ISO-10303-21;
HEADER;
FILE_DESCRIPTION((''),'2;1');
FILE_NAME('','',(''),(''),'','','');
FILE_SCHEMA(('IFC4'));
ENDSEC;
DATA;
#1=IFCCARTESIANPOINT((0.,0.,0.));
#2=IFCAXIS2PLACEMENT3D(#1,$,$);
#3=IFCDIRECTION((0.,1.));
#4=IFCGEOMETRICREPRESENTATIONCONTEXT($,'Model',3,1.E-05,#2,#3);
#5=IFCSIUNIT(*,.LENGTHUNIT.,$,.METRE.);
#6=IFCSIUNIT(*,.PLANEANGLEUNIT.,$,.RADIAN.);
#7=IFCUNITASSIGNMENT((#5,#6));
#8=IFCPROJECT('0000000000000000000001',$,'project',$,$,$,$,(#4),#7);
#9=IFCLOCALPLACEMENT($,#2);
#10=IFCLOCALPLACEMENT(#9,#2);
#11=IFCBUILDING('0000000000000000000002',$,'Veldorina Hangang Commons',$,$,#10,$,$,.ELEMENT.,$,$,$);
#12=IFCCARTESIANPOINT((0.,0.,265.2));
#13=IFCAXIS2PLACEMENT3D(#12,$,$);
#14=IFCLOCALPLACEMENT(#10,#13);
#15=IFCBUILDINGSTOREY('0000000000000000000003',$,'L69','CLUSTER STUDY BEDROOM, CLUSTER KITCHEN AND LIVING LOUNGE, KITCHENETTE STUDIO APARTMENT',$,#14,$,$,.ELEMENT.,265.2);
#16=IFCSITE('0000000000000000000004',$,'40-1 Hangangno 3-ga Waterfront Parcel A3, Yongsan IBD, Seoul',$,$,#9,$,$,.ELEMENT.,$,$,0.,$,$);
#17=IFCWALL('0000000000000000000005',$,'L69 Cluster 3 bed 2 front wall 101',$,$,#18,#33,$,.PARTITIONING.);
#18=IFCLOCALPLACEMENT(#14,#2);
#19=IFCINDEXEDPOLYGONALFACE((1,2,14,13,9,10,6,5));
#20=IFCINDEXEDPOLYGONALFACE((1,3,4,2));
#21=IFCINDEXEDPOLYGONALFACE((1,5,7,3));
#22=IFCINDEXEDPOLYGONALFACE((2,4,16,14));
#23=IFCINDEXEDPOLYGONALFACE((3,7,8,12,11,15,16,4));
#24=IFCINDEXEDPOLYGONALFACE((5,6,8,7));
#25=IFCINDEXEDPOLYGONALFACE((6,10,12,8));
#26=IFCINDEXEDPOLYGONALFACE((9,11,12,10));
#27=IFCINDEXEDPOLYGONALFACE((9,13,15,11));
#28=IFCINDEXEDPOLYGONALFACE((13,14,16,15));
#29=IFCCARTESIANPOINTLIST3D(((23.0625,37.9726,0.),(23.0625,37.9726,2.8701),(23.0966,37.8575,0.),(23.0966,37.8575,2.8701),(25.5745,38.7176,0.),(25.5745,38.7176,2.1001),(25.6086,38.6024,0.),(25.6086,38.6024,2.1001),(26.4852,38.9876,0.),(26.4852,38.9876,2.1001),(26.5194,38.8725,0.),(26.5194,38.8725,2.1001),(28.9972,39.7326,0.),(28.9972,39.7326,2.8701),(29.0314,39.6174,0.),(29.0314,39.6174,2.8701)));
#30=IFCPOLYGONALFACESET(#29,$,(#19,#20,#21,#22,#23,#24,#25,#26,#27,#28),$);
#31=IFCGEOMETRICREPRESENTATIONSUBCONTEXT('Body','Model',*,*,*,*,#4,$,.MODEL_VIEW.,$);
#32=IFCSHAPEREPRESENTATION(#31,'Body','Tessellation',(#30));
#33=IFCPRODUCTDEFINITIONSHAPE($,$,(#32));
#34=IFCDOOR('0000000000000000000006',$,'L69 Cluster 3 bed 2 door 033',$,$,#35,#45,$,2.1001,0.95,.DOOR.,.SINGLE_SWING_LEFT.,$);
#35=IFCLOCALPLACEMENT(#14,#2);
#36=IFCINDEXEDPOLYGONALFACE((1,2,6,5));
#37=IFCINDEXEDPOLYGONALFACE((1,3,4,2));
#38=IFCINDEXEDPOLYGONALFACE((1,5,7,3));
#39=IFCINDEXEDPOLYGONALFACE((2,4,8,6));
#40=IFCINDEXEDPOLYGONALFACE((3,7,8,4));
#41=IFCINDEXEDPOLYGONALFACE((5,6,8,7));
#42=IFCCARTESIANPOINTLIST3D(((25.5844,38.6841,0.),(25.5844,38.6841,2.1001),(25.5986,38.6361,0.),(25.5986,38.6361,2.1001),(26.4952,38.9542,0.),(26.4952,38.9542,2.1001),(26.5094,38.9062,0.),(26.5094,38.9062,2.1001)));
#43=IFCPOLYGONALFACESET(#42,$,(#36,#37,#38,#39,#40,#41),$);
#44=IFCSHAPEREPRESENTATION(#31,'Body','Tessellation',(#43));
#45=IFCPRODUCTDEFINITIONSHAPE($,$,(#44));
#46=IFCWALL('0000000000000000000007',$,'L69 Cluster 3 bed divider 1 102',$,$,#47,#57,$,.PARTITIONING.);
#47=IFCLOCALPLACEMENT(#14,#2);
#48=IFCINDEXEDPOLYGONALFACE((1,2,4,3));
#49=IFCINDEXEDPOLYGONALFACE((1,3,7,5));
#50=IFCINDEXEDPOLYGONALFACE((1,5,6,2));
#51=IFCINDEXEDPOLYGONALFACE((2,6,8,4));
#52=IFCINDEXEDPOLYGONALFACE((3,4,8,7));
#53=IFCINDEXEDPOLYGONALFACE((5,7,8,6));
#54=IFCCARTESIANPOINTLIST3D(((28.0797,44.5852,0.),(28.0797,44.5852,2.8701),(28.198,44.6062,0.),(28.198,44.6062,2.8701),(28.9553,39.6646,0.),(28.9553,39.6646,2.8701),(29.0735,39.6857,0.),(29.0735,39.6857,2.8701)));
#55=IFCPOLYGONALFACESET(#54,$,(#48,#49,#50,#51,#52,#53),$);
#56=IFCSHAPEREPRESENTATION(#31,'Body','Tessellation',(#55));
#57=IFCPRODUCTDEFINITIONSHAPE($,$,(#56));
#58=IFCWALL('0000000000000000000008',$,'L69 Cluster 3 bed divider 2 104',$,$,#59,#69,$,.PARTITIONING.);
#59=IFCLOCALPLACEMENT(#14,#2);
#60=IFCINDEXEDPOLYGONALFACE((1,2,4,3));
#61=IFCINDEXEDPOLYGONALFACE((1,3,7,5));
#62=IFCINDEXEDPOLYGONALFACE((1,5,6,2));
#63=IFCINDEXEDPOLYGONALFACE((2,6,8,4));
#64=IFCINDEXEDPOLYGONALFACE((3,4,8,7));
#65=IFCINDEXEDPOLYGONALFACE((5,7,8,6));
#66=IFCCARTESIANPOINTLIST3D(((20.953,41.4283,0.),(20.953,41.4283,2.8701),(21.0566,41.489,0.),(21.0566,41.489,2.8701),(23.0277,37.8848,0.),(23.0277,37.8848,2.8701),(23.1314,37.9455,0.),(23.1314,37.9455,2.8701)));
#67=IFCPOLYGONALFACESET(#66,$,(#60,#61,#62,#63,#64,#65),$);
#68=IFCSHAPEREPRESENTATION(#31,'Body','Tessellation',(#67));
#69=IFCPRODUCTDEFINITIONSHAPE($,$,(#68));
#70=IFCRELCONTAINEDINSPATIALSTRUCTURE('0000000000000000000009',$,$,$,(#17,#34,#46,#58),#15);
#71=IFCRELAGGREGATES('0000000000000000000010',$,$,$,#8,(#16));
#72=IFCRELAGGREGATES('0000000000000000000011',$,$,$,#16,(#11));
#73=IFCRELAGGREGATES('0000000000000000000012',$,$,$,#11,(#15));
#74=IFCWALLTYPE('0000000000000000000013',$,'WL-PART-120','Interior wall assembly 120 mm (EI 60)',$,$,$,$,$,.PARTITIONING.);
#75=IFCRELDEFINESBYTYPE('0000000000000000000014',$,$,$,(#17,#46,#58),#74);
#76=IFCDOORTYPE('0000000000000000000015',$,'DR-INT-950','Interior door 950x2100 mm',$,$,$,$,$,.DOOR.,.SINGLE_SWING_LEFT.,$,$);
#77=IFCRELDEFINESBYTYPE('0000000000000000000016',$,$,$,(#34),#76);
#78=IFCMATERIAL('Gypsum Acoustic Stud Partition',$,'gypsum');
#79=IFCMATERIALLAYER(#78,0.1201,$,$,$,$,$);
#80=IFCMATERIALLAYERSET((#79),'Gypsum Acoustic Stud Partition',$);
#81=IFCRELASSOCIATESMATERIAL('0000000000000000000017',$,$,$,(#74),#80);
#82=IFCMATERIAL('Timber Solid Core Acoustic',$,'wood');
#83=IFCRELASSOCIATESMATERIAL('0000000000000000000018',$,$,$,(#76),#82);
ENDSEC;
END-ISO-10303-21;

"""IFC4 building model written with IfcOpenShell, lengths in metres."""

from ifc_helpers import new_model, si_unit, direction, frame, frame_2d, origin, place, context, subcontext, project, spatial, rectangle, extrude, material, layer, layer_set, type_object, element, fill, save


model = new_model("IFC4")

# Units and contexts
model_context = context("Model", 3, precision=1e-05, world=origin(), true_north=direction((0.0, 1.0)))
body_context = subcontext(model_context, "Body", "Model", "MODEL_VIEW")
ifc_project = project(units=[si_unit("LENGTHUNIT", "METRE"), si_unit("PLANEANGLEUNIT", "RADIAN")], contexts=[model_context])

# Site, building, storey
site_placement = place(None, origin())
site = spatial("IfcSite", under=ifc_project, at=site_placement, Name="40-1 Hangangno 3-ga Waterfront Parcel A3, Yongsan IBD, Seoul", CompositionType="ELEMENT", RefElevation=0.0)
building_placement = place(site_placement, origin())
building = spatial("IfcBuilding", under=site, at=building_placement, Name="Veldorina Hangang Commons", CompositionType="ELEMENT")
storey_placement = place(building_placement, frame((0.0, 0.0, 265.2)))
storey = spatial("IfcBuildingStorey", under=building, at=storey_placement, Name="L69", Description="CLUSTER STUDY BEDROOM, CLUSTER KITCHEN AND LIVING LOUNGE, KITCHENETTE STUDIO APARTMENT", CompositionType="ELEMENT", Elevation=265.2)

# Wall, opening, door
ifc_material_1 = material(Name="Gypsum Acoustic Stud Partition", Category="gypsum")
ifc_layer_1 = layer(ifc_material_1, 0.1201)
ifc_layer_set_1 = layer_set([ifc_layer_1], Name="Gypsum Acoustic Stud Partition")
wall_type_1 = type_object("IfcWallType", Name="WL-PART-120", Description="Interior wall assembly 120 mm (EI 60)", PredefinedType="PARTITIONING", material=ifc_layer_set_1)
wall_1_placement = place(storey_placement, frame((29.0144, 39.675, 0.0), z_axis=(0.0, 0.0, 1.0), x_axis=(-0.95873, -0.284318, 0.0)))
wall_1 = element("IfcWall", 1, at=wall_1_placement, inside=storey, type_object=wall_type_1, Name="L69 Cluster 3 bed 2 front wall 101", PredefinedType="PARTITIONING", context=body_context, shape_type="SweptSolid", body=[
    extrude(rectangle(XDim=6.1902, YDim=0.1201, at=frame_2d((3.0952, 0.0))), origin(), (0.0, 0.0, 1.0), 2.8701),
])
opening_1_placement = place(wall_1_placement, frame((2.6201, 0.0, 0.0)))
opening_1 = element("IfcOpeningElement", 2, at=opening_1_placement, cuts=wall_1, PredefinedType="OPENING", context=body_context, shape_type="SweptSolid", body=[
    extrude(rectangle(XDim=0.95, YDim=2.1001, at=frame_2d((0.4751, 1.05))), frame((0.0, 0.0701, 0.0), z_axis=(0.0, -1.0, 0.0), x_axis=(1.0, 0.0, 0.0)), (0.0, 0.0, 1.0), 0.1401),
])
ifc_material_2 = material(Name="Timber Solid Core Acoustic", Category="wood")
door_type_1 = type_object("IfcDoorType", Name="DR-INT-950", Description="Interior door 950x2100 mm", OperationType="SINGLE_SWING_LEFT", PredefinedType="DOOR", material=ifc_material_2)
door_1_placement = place(opening_1_placement, origin())
door_1 = element("IfcDoor", 3, at=door_1_placement, inside=storey, type_object=door_type_1, Name="L69 Cluster 3 bed 2 door 033", OperationType="SINGLE_SWING_LEFT", OverallHeight=2.1001, OverallWidth=0.95, PredefinedType="DOOR", context=body_context, shape_type="SweptSolid", body=[
    extrude(rectangle(XDim=0.95, YDim=2.1001, at=frame_2d((0.4751, 1.05))), frame((0.0, 0.0249, 0.0), z_axis=(0.0, -1.0, 0.0), x_axis=(1.0, 0.0, 0.0)), (0.0, 0.0, 1.0), 0.05),
])
fill(opening_1, door_1)

# Walls
wall_2_placement = place(storey_placement, frame((29.0144, 39.675, 0.0), z_axis=(0.0, 0.0, 1.0), x_axis=(-0.175179, 0.984537, 0.0)))
element("IfcWall", 4, at=wall_2_placement, inside=storey, type_object=wall_type_1, Name="L69 Cluster 3 bed divider 1 102", PredefinedType="PARTITIONING", context=body_context, shape_type="SweptSolid", body=[
    extrude(rectangle(XDim=4.9978, YDim=0.1201, at=frame_2d((2.499, 0.0))), origin(), (0.0, 0.0, 1.0), 2.8701),
])
wall_3_placement = place(storey_placement, frame((23.0796, 37.915, 0.0), z_axis=(0.0, 0.0, 1.0), x_axis=(-0.505268, 0.862963, 0.0)))
element("IfcWall", 5, at=wall_3_placement, inside=storey, type_object=wall_type_1, Name="L69 Cluster 3 bed divider 2 104", PredefinedType="PARTITIONING", context=body_context, shape_type="SweptSolid", body=[
    extrude(rectangle(XDim=4.1062, YDim=0.1201, at=frame_2d((2.0532, 0.0))), origin(), (0.0, 0.0, 1.0), 2.8701),
])

save(model, "model.ifc")
